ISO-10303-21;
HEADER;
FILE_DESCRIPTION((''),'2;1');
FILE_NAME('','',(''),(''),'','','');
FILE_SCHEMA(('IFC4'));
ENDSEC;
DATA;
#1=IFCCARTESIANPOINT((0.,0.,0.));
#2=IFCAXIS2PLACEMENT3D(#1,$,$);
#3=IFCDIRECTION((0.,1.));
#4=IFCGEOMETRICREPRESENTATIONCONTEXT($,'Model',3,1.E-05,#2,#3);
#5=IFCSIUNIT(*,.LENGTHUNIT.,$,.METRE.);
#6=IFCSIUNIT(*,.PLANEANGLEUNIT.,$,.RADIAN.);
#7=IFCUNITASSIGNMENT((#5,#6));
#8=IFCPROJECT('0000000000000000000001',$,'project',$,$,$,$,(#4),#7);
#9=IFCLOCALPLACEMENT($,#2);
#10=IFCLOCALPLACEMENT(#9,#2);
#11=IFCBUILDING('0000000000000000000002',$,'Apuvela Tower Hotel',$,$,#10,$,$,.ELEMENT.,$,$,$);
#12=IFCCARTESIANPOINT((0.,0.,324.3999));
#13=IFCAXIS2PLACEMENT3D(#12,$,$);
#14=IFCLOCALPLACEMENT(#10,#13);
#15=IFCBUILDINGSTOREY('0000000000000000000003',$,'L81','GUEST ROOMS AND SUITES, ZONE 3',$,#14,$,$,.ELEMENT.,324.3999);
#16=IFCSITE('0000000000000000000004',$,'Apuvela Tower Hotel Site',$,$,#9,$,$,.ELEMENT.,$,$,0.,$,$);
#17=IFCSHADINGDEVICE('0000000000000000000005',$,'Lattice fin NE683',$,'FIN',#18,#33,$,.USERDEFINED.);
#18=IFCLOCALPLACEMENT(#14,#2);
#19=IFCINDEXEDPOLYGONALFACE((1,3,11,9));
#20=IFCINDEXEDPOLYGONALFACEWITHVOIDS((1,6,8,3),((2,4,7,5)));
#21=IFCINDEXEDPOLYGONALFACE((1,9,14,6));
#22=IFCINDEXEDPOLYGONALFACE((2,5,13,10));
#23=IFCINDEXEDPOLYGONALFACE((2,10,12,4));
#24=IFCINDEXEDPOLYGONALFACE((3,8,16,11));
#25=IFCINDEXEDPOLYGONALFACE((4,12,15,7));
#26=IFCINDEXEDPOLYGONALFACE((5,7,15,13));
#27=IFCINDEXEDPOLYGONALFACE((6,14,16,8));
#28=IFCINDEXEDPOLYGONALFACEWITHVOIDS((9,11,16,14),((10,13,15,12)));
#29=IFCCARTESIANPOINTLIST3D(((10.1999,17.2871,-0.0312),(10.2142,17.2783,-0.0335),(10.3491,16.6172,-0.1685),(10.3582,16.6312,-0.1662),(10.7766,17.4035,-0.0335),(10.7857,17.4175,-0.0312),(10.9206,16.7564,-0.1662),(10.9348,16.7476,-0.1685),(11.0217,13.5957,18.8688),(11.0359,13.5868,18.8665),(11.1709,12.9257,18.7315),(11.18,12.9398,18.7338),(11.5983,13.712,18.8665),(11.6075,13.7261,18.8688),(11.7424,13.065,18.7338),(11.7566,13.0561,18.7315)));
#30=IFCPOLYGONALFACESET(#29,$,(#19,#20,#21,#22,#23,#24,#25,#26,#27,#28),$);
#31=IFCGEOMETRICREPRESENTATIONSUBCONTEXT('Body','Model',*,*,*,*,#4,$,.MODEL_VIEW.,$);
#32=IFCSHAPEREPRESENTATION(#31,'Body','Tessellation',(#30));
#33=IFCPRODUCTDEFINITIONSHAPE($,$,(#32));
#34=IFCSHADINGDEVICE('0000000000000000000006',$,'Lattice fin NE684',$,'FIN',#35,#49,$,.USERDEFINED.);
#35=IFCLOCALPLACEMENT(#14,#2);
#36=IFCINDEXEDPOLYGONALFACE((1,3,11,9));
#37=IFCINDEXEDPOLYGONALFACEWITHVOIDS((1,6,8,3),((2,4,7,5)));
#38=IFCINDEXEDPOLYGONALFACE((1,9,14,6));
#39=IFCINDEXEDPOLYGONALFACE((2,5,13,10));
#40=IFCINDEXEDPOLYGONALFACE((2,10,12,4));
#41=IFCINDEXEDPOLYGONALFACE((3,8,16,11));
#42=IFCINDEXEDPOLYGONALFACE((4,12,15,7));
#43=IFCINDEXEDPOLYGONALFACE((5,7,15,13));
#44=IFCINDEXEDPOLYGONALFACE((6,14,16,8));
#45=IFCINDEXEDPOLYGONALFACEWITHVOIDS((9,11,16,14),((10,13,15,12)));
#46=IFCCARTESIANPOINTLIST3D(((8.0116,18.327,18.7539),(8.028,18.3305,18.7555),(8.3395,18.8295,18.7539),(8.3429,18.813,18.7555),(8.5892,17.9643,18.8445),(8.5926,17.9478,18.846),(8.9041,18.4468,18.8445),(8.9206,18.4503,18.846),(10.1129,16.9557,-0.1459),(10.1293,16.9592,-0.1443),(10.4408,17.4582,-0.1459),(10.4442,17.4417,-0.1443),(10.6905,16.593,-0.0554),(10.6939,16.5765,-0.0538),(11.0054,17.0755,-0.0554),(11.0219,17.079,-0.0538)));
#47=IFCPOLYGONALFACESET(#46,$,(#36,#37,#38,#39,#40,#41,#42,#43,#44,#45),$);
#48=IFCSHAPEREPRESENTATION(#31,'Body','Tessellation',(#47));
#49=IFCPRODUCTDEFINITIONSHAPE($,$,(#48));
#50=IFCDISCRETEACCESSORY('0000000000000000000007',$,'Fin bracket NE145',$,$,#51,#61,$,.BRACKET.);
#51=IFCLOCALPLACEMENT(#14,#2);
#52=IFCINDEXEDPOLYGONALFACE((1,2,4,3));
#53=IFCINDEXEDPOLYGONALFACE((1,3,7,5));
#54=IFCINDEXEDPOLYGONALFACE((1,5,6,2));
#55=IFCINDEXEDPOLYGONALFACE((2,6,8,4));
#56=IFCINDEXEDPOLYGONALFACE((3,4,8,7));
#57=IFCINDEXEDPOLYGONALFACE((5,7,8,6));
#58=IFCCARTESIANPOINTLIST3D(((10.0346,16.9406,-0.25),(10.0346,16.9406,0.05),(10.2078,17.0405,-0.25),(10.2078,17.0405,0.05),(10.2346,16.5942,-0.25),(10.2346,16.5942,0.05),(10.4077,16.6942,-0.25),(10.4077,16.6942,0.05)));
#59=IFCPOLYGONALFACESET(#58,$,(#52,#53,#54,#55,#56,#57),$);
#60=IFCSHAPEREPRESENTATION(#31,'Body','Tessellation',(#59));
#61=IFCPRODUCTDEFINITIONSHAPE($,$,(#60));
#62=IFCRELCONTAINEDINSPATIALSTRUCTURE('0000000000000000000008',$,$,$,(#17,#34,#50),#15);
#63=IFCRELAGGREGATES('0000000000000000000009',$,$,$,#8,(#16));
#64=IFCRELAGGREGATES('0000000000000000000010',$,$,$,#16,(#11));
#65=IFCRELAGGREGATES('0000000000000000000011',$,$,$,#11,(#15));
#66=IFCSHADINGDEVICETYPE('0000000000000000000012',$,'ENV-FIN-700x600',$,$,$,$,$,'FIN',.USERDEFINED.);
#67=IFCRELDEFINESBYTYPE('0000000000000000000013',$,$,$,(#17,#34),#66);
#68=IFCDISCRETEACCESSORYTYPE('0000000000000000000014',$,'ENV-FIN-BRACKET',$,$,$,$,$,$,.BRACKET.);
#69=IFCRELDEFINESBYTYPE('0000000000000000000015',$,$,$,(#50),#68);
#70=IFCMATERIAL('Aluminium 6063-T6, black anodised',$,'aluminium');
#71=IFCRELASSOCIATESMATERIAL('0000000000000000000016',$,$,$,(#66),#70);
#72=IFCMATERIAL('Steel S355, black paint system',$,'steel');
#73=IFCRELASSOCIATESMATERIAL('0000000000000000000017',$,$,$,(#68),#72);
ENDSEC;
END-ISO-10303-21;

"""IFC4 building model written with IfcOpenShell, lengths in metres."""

from ifc_helpers import new_model, si_unit, direction, frame, origin, origin_2d, place, context, subcontext, project, spatial, rectangle, hollow_rectangle, extrude, material, material_profile, profile_set, type_object, element, save


model = new_model("IFC4")

# Units and contexts
model_context = context("Model", 3, precision=1e-05, world=origin(), true_north=direction((0.0, 1.0)))
body_context = subcontext(model_context, "Body", "Model", "MODEL_VIEW")
ifc_project = project(units=[si_unit("LENGTHUNIT", "METRE"), si_unit("PLANEANGLEUNIT", "RADIAN")], contexts=[model_context])

# Site, building, storey
site_placement = place(None, origin())
site = spatial("IfcSite", under=ifc_project, at=site_placement, Name="Apuvela Tower Hotel Site", CompositionType="ELEMENT", RefElevation=0.0)
building_placement = place(site_placement, origin())
building = spatial("IfcBuilding", under=site, at=building_placement, Name="Apuvela Tower Hotel", CompositionType="ELEMENT")
storey_placement = place(building_placement, frame((0.0, 0.0, 324.3999)))
storey = spatial("IfcBuildingStorey", under=building, at=storey_placement, Name="L81", Description="GUEST ROOMS AND SUITES, ZONE 3", CompositionType="ELEMENT", Elevation=324.3999)

# Shading devices
ifc_material_1 = material(Name="Aluminium 6063-T6, black anodised", Category="aluminium")
ifc_material_profile_1 = material_profile(ifc_material_1, hollow_rectangle(XDim=0.6001, YDim=0.7, WallThickness=0.012, at=origin_2d()), Name="AL BOX 700x600x12")
ifc_profile_set_1 = profile_set([ifc_material_profile_1], Name="Aluminium 6063-T6, black anodised")
shading_device_type = type_object("IfcShadingDeviceType", Name="ENV-FIN-700x600", ElementType="FIN", PredefinedType="USERDEFINED", material=ifc_profile_set_1)
shading_device_1_placement = place(storey_placement, frame((10.5674, 17.0173, -0.0999), z_axis=(0.042635, -0.191517, 0.980563), x_axis=(0.976105, 0.2173, 0.0)))
element("IfcShadingDevice", 1, at=shading_device_1_placement, inside=storey, type_object=shading_device_type, Name="Lattice fin NE683", ObjectType="FIN", PredefinedType="USERDEFINED", context=body_context, shape_type="SweptSolid", body=[
    extrude(hollow_rectangle(XDim=0.6001, YDim=0.7, WallThickness=0.012, at=origin_2d()), origin(), (0.0, 0.0, 1.0), 19.2747),
])
shading_device_2_placement = place(storey_placement, frame((10.5674, 17.0173, -0.0999), z_axis=(-0.110214, 0.071927, 0.991302), x_axis=(-0.546523, -0.837444, 0.0)))
element("IfcShadingDevice", 2, at=shading_device_2_placement, inside=storey, type_object=shading_device_type, Name="Lattice fin NE684", ObjectType="FIN", PredefinedType="USERDEFINED", context=body_context, shape_type="SweptSolid", body=[
    extrude(hollow_rectangle(XDim=0.6001, YDim=0.7, WallThickness=0.012, at=origin_2d()), origin(), (0.0, 0.0, 1.0), 19.0657),
])

# Discrete accessory
ifc_material_2 = material(Name="Steel S355, black paint system", Category="steel")
discrete_accessory_type = type_object("IfcDiscreteAccessoryType", Name="ENV-FIN-BRACKET", PredefinedType="BRACKET", material=ifc_material_2)
discrete_accessory_placement = place(storey_placement, frame((10.2212, 16.8174, -0.25), z_axis=(0.0, 0.0, 1.0), x_axis=(-0.5, 0.866025, 0.0)))
element("IfcDiscreteAccessory", 3, at=discrete_accessory_placement, inside=storey, type_object=discrete_accessory_type, Name="Fin bracket NE145", PredefinedType="BRACKET", context=body_context, shape_type="SweptSolid", body=[
    extrude(rectangle(XDim=0.3999, YDim=0.2, at=origin_2d()), origin(), (0.0, 0.0, 1.0), 0.3),
])

save(model, "model.ifc")
